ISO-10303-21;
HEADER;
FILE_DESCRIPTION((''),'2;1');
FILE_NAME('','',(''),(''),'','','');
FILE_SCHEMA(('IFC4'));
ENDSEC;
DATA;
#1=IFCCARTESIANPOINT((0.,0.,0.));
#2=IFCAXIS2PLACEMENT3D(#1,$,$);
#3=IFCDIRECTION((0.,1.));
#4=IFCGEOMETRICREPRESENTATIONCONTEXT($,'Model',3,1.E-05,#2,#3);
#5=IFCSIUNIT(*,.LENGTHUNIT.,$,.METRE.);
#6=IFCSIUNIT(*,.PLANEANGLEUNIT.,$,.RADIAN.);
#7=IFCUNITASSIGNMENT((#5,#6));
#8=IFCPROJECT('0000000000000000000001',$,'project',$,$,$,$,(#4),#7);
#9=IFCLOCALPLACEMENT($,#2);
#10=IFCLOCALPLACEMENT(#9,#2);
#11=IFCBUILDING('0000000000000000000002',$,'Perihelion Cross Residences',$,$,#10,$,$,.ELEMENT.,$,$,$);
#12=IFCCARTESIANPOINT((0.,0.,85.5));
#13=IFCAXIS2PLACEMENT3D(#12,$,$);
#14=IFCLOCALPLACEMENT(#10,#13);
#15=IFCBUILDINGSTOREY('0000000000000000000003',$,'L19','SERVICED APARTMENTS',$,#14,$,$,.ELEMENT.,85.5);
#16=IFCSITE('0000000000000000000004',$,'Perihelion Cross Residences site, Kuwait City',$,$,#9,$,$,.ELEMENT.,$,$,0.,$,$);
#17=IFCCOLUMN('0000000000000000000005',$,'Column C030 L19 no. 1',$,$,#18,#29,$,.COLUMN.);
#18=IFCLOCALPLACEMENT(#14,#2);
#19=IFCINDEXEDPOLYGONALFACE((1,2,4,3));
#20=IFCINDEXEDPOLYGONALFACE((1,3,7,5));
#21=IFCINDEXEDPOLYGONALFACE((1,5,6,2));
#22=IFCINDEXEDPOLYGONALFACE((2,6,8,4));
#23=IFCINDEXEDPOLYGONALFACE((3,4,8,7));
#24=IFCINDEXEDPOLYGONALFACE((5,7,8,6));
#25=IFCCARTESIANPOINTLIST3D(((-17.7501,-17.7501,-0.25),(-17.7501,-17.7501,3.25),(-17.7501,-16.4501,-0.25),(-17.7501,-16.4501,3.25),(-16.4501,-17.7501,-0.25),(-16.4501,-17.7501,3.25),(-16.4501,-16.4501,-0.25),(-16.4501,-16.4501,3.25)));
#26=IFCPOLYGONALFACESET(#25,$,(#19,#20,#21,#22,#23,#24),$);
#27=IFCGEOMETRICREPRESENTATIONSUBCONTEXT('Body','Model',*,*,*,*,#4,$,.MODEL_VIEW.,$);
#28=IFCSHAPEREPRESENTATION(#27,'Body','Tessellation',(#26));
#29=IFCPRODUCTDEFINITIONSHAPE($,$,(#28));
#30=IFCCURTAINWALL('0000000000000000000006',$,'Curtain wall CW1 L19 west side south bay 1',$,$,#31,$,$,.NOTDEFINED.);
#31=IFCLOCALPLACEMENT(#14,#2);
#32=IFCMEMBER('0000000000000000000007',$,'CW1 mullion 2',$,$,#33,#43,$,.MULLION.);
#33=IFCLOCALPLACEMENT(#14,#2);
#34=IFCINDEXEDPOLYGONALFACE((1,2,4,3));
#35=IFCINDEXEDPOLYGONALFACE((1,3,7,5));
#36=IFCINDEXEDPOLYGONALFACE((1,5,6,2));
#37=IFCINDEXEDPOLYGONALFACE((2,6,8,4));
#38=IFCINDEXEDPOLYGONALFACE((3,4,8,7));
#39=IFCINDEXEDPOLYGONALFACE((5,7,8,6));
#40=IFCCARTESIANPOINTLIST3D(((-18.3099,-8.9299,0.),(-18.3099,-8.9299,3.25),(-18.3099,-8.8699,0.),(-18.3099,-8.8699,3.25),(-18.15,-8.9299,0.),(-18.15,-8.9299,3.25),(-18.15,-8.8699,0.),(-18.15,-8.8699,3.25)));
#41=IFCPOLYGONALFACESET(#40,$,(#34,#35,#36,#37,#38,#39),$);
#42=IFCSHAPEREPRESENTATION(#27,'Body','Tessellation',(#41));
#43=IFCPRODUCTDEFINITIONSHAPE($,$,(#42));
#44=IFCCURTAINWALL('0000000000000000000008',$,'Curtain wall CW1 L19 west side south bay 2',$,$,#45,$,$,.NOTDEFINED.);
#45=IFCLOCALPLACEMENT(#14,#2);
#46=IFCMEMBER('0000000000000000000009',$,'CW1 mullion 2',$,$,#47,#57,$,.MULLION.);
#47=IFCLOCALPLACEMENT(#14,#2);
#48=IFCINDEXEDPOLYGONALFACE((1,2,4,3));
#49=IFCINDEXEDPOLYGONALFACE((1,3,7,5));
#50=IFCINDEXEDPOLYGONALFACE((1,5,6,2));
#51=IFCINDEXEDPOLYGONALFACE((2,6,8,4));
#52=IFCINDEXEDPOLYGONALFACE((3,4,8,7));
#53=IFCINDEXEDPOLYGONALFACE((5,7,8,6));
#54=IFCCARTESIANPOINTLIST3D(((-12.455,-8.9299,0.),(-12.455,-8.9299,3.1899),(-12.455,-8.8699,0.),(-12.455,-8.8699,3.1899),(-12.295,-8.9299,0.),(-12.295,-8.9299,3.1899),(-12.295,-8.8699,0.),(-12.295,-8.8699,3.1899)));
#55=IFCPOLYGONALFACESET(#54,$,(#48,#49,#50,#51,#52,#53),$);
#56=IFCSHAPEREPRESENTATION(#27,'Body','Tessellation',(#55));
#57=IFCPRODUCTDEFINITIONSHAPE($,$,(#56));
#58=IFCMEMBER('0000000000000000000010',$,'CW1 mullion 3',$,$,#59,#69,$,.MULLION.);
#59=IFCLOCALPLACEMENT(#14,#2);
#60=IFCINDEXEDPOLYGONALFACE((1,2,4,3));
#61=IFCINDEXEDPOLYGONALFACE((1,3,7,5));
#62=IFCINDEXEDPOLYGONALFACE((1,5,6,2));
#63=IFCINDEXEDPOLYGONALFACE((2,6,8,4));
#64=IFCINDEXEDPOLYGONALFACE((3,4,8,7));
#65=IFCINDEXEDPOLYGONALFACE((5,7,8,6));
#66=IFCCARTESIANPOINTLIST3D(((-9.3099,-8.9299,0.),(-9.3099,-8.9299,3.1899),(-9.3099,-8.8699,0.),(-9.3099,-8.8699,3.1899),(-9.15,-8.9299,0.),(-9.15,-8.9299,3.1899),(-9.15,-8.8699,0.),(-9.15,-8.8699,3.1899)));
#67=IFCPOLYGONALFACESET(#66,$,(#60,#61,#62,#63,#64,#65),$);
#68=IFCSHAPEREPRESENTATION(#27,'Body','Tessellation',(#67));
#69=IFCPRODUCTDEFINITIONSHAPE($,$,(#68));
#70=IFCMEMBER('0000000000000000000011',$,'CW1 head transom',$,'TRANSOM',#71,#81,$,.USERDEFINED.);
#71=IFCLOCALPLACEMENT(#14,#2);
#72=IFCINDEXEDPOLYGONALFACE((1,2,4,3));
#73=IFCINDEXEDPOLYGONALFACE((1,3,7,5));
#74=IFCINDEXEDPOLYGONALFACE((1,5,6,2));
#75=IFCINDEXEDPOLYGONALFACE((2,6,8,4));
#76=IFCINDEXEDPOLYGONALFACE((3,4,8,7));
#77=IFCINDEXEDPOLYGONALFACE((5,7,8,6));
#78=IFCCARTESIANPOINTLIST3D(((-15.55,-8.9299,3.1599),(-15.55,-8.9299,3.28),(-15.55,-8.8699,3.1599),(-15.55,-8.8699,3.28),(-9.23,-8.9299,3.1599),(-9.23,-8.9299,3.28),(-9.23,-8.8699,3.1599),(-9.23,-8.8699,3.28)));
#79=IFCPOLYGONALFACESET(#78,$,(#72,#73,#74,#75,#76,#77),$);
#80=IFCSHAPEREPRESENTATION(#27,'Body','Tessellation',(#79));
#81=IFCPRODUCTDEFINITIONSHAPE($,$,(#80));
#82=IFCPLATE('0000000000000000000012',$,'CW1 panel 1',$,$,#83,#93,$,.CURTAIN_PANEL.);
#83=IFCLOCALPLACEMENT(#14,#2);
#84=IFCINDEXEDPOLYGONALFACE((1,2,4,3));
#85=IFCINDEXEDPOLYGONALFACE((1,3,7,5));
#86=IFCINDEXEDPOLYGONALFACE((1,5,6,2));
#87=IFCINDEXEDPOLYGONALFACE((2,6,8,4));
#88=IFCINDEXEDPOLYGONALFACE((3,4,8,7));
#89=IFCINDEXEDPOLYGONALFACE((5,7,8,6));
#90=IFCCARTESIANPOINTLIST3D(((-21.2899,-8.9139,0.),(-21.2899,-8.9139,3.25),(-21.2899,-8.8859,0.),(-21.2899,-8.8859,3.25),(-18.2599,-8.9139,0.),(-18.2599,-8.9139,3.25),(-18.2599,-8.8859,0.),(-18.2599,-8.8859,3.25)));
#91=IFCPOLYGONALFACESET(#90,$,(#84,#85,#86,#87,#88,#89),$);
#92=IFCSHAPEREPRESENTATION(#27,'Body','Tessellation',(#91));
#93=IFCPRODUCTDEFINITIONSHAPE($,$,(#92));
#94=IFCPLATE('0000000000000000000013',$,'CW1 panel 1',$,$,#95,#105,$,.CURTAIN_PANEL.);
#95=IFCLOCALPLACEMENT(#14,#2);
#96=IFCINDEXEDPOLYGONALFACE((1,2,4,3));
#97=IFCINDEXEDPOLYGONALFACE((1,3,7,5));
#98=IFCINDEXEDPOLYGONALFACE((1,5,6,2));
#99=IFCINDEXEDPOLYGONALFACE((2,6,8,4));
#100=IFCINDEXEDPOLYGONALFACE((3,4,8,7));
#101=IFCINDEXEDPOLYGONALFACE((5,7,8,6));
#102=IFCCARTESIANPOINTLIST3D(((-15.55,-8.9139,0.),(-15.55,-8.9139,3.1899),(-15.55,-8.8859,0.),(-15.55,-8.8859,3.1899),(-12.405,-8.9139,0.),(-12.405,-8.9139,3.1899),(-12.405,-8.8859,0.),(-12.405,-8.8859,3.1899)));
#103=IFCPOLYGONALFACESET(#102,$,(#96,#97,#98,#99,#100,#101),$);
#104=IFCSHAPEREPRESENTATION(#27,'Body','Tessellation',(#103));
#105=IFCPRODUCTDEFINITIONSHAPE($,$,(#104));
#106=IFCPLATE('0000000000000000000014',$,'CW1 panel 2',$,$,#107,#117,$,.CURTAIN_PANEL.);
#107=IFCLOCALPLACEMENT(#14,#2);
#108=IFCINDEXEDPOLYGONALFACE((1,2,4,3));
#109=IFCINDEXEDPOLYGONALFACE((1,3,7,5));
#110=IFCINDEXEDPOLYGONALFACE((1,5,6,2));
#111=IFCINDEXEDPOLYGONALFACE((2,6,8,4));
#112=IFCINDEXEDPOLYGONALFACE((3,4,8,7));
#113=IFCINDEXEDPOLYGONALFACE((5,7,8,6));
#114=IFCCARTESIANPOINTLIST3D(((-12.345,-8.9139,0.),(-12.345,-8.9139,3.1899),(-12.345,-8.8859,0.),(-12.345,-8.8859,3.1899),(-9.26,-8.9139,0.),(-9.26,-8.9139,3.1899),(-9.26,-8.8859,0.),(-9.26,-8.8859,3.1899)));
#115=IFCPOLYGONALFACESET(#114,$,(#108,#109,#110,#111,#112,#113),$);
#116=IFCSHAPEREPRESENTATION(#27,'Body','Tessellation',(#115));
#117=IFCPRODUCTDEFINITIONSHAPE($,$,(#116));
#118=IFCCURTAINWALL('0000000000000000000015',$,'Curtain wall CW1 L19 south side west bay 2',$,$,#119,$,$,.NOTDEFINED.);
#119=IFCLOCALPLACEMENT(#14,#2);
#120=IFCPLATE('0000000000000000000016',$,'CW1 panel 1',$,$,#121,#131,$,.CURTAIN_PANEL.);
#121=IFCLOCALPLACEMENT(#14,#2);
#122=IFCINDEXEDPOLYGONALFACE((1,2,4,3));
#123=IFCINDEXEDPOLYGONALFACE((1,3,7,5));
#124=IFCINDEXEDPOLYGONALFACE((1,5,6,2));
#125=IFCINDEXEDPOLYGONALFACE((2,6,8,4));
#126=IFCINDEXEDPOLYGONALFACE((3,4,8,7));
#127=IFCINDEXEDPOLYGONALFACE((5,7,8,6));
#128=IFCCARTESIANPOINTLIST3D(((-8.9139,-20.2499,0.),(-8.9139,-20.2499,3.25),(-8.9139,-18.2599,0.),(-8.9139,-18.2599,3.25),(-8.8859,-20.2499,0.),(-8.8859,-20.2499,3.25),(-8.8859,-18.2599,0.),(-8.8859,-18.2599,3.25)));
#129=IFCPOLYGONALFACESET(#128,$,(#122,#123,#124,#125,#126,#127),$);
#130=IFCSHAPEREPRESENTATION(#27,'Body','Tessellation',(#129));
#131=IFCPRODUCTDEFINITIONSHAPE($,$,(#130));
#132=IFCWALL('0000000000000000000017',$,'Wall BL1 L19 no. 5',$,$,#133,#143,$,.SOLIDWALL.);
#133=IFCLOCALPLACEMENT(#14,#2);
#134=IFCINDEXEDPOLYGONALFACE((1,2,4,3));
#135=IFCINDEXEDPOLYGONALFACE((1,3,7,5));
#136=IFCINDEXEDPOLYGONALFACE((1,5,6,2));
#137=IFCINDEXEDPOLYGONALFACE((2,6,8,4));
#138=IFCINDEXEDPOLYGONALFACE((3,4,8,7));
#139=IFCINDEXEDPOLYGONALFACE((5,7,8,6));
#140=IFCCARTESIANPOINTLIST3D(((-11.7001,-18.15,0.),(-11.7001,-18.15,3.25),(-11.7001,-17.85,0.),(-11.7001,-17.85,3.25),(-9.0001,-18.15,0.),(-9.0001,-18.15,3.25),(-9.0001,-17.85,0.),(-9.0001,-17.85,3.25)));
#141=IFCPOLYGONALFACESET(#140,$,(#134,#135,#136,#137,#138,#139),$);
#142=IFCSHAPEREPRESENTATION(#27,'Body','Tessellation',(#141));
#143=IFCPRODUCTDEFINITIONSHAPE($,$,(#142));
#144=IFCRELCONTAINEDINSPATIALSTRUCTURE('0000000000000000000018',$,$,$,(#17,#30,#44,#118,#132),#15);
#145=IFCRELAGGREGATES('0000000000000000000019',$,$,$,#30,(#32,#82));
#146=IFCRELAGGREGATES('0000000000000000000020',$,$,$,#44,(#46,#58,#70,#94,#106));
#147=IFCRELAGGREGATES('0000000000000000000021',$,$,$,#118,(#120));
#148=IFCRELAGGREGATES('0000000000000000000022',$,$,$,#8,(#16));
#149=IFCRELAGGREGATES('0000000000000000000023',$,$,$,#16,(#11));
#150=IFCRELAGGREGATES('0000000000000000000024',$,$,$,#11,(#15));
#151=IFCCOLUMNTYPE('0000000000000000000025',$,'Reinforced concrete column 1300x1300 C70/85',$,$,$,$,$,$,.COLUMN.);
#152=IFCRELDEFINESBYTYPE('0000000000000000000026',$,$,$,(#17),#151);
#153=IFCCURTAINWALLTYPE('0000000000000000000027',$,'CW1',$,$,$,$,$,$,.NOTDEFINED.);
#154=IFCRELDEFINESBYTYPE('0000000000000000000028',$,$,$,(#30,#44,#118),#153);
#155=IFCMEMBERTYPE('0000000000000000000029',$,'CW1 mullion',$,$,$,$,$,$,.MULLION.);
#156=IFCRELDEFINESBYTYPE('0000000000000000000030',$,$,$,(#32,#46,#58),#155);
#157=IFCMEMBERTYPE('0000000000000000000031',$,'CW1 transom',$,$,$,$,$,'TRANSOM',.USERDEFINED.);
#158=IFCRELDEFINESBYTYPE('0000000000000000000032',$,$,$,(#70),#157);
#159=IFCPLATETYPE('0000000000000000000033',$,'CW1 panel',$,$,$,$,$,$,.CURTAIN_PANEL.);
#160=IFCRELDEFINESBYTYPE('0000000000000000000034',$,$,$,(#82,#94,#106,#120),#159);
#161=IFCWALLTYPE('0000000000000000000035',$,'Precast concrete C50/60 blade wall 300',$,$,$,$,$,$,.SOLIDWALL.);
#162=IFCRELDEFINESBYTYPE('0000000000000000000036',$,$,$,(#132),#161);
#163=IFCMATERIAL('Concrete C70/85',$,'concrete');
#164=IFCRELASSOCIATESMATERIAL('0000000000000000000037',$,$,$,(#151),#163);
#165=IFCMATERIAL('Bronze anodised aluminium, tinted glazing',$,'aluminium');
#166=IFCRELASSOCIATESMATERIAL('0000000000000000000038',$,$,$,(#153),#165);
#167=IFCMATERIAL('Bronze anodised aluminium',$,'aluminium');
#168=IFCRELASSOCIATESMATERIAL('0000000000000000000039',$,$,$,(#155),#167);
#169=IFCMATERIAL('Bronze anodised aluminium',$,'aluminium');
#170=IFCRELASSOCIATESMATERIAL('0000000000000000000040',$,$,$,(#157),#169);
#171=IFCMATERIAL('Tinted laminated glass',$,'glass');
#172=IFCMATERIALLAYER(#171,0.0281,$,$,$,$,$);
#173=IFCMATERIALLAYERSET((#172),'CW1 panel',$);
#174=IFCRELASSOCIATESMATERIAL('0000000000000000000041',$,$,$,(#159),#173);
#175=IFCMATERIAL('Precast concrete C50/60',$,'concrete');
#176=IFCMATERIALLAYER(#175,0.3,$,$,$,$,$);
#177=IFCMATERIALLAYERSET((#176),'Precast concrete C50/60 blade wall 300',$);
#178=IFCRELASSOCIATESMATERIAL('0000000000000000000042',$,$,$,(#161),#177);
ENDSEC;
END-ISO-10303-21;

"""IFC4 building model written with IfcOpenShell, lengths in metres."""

from ifc_helpers import new_model, si_unit, direction, frame, frame_2d, origin, origin_2d, place, context, subcontext, project, spatial, rectangle, extrude, material, layer, layer_set, material_profile, profile_set, type_object, element, aggregate, save


model = new_model("IFC4")

# Units and contexts
model_context = context("Model", 3, precision=1e-05, world=origin(), true_north=direction((0.0, 1.0)))
body_context = subcontext(model_context, "Body", "Model", "MODEL_VIEW")
ifc_project = project(units=[si_unit("LENGTHUNIT", "METRE"), si_unit("PLANEANGLEUNIT", "RADIAN")], contexts=[model_context])

# Site, building, storey
site_placement = place(None, origin())
site = spatial("IfcSite", under=ifc_project, at=site_placement, Name="Perihelion Cross Residences site, Kuwait City", CompositionType="ELEMENT", RefElevation=0.0)
building_placement = place(site_placement, origin())
building = spatial("IfcBuilding", under=site, at=building_placement, Name="Perihelion Cross Residences", CompositionType="ELEMENT")
storey_placement = place(building_placement, frame((0.0, 0.0, 85.5)))
storey = spatial("IfcBuildingStorey", under=building, at=storey_placement, Name="L19", Description="SERVICED APARTMENTS", CompositionType="ELEMENT", Elevation=85.5)

# Column
ifc_material_1 = material(Name="Concrete C70/85", Category="concrete")
ifc_material_profile_1 = material_profile(ifc_material_1, rectangle(XDim=1.3, YDim=1.3, at=origin_2d()), Name="RC 1300x1300")
ifc_profile_set_1 = profile_set([ifc_material_profile_1], Name="Concrete C70/85")
column_type = type_object("IfcColumnType", Name="Reinforced concrete column 1300x1300 C70/85", PredefinedType="COLUMN", material=ifc_profile_set_1)
column_placement = place(storey_placement, frame((-17.1001, -17.1001, -0.25), z_axis=(0.0, 0.0, 1.0), x_axis=(1.0, 0.0, 0.0)))
element("IfcColumn", 1, at=column_placement, inside=storey, type_object=column_type, Name="Column C030 L19 no. 1", PredefinedType="COLUMN", context=body_context, shape_type="SweptSolid", body=[
    extrude(rectangle(XDim=1.3, YDim=1.3, at=origin_2d()), origin(), (0.0, 0.0, 1.0), 3.5),
])

# Curtain wall, member
ifc_material_2 = material(Name="Bronze anodised aluminium, tinted glazing", Category="aluminium")
curtain_wall_type = type_object("IfcCurtainWallType", Name="CW1", PredefinedType="NOTDEFINED", material=ifc_material_2)
curtain_wall_1_placement = place(storey_placement, origin())
curtain_wall_1 = element("IfcCurtainWall", 2, at=curtain_wall_1_placement, inside=storey, type_object=curtain_wall_type, Name="Curtain wall CW1 L19 west side south bay 1", PredefinedType="NOTDEFINED")
ifc_material_3 = material(Name="Bronze anodised aluminium", Category="aluminium")
ifc_material_profile_2 = material_profile(ifc_material_3, rectangle(XDim=0.0601, YDim=0.1599, at=origin_2d()), Name="CW1 mullion")
ifc_profile_set_2 = profile_set([ifc_material_profile_2], Name="Bronze anodised aluminium")
member_type_1 = type_object("IfcMemberType", Name="CW1 mullion", PredefinedType="MULLION", material=ifc_profile_set_2)
member_1_placement = place(storey_placement, frame((-18.23, -8.8999, 0.0), z_axis=(0.0, 0.0, 1.0), x_axis=(0.0, 1.0, 0.0)))
member_1 = element("IfcMember", 3, at=member_1_placement, type_object=member_type_1, Name="CW1 mullion 2", PredefinedType="MULLION", context=body_context, shape_type="SweptSolid", body=[
    extrude(rectangle(XDim=0.0601, YDim=0.1599, at=origin_2d()), origin(), (0.0, 0.0, 1.0), 3.25),
])

# Curtain wall, members
curtain_wall_2_placement = place(storey_placement, origin())
curtain_wall_2 = element("IfcCurtainWall", 4, at=curtain_wall_2_placement, inside=storey, type_object=curtain_wall_type, Name="Curtain wall CW1 L19 west side south bay 2", PredefinedType="NOTDEFINED")
member_2_placement = place(storey_placement, frame((-12.375, -8.8999, 0.0), z_axis=(0.0, 0.0, 1.0), x_axis=(0.0, 1.0, 0.0)))
member_2 = element("IfcMember", 5, at=member_2_placement, type_object=member_type_1, Name="CW1 mullion 2", PredefinedType="MULLION", context=body_context, shape_type="SweptSolid", body=[
    extrude(rectangle(XDim=0.0601, YDim=0.1599, at=origin_2d()), origin(), (0.0, 0.0, 1.0), 3.1899),
])
member_3_placement = place(storey_placement, frame((-9.23, -8.8999, 0.0), z_axis=(0.0, 0.0, 1.0), x_axis=(0.0, 1.0, 0.0)))
member_3 = element("IfcMember", 6, at=member_3_placement, type_object=member_type_1, Name="CW1 mullion 3", PredefinedType="MULLION", context=body_context, shape_type="SweptSolid", body=[
    extrude(rectangle(XDim=0.0601, YDim=0.1599, at=origin_2d()), origin(), (0.0, 0.0, 1.0), 3.1899),
])
ifc_material_4 = material(Name="Bronze anodised aluminium", Category="aluminium")
ifc_material_profile_3 = material_profile(ifc_material_4, rectangle(XDim=0.0601, YDim=0.1201, at=origin_2d()), Name="CW1 transom")
ifc_profile_set_3 = profile_set([ifc_material_profile_3], Name="Bronze anodised aluminium")
member_type_2 = type_object("IfcMemberType", Name="CW1 transom", ElementType="TRANSOM", PredefinedType="USERDEFINED", material=ifc_profile_set_3)
member_4_placement = place(storey_placement, frame((-15.55, -8.8999, 3.22), z_axis=(1.0, 0.0, 0.0), x_axis=(0.0, 1.0, 0.0)))
member_4 = element("IfcMember", 7, at=member_4_placement, type_object=member_type_2, Name="CW1 head transom", ObjectType="TRANSOM", PredefinedType="USERDEFINED", context=body_context, shape_type="SweptSolid", body=[
    extrude(rectangle(XDim=0.0601, YDim=0.1201, at=origin_2d()), origin(), (0.0, 0.0, 1.0), 6.3201),
])

# Plates
ifc_material_5 = material(Name="Tinted laminated glass", Category="glass")
ifc_layer_1 = layer(ifc_material_5, 0.0281)
ifc_layer_set_1 = layer_set([ifc_layer_1], Name="CW1 panel")
plate_type = type_object("IfcPlateType", Name="CW1 panel", PredefinedType="CURTAIN_PANEL", material=ifc_layer_set_1)
plate_1_placement = place(storey_placement, frame((-19.7749, -8.8999, 0.0), z_axis=(0.0, 0.0, 1.0), x_axis=(1.0, 0.0, 0.0)))
plate_1 = element("IfcPlate", 8, at=plate_1_placement, type_object=plate_type, Name="CW1 panel 1", PredefinedType="CURTAIN_PANEL", context=body_context, shape_type="SweptSolid", body=[
    extrude(rectangle(XDim=3.03, YDim=0.0281, at=origin_2d()), origin(), (0.0, 0.0, 1.0), 3.25),
])
aggregate(curtain_wall_1, [member_1, plate_1])
plate_2_placement = place(storey_placement, frame((-13.9775, -8.8999, 0.0), z_axis=(0.0, 0.0, 1.0), x_axis=(1.0, 0.0, 0.0)))
plate_2 = element("IfcPlate", 9, at=plate_2_placement, type_object=plate_type, Name="CW1 panel 1", PredefinedType="CURTAIN_PANEL", context=body_context, shape_type="SweptSolid", body=[
    extrude(rectangle(XDim=3.145, YDim=0.0281, at=origin_2d()), origin(), (0.0, 0.0, 1.0), 3.1899),
])
plate_3_placement = place(storey_placement, frame((-10.8025, -8.8999, 0.0), z_axis=(0.0, 0.0, 1.0), x_axis=(1.0, 0.0, 0.0)))
plate_3 = element("IfcPlate", 10, at=plate_3_placement, type_object=plate_type, Name="CW1 panel 2", PredefinedType="CURTAIN_PANEL", context=body_context, shape_type="SweptSolid", body=[
    extrude(rectangle(XDim=3.085, YDim=0.0281, at=origin_2d()), origin(), (0.0, 0.0, 1.0), 3.1899),
])
aggregate(curtain_wall_2, [member_2, member_3, member_4, plate_2, plate_3])

# Curtain wall, plate
curtain_wall_3_placement = place(storey_placement, origin())
curtain_wall_3 = element("IfcCurtainWall", 11, at=curtain_wall_3_placement, inside=storey, type_object=curtain_wall_type, Name="Curtain wall CW1 L19 south side west bay 2", PredefinedType="NOTDEFINED")
plate_4_placement = place(storey_placement, frame((-8.8999, -19.2549, 0.0), z_axis=(0.0, 0.0, 1.0), x_axis=(0.0, -1.0, 0.0)))
plate_4 = element("IfcPlate", 12, at=plate_4_placement, type_object=plate_type, Name="CW1 panel 1", PredefinedType="CURTAIN_PANEL", context=body_context, shape_type="SweptSolid", body=[
    extrude(rectangle(XDim=1.99, YDim=0.0281, at=origin_2d()), origin(), (0.0, 0.0, 1.0), 3.25),
])
aggregate(curtain_wall_3, [plate_4])

# Wall
ifc_material_6 = material(Name="Precast concrete C50/60", Category="concrete")
ifc_layer_2 = layer(ifc_material_6, 0.3)
ifc_layer_set_2 = layer_set([ifc_layer_2], Name="Precast concrete C50/60 blade wall 300")
wall_type = type_object("IfcWallType", Name="Precast concrete C50/60 blade wall 300", PredefinedType="SOLIDWALL", material=ifc_layer_set_2)
wall_placement = place(storey_placement, frame((-9.0, -18.0, 0.0), z_axis=(0.0, 0.0, 1.0), x_axis=(-1.0, 0.0, 0.0)))
element("IfcWall", 13, at=wall_placement, inside=storey, type_object=wall_type, Name="Wall BL1 L19 no. 5", PredefinedType="SOLIDWALL", context=body_context, shape_type="SweptSolid", body=[
    extrude(rectangle(XDim=2.7, YDim=0.3, at=frame_2d((1.3501, 0.0))), origin(), (0.0, 0.0, 1.0), 3.25),
])

save(model, "model.ifc")
